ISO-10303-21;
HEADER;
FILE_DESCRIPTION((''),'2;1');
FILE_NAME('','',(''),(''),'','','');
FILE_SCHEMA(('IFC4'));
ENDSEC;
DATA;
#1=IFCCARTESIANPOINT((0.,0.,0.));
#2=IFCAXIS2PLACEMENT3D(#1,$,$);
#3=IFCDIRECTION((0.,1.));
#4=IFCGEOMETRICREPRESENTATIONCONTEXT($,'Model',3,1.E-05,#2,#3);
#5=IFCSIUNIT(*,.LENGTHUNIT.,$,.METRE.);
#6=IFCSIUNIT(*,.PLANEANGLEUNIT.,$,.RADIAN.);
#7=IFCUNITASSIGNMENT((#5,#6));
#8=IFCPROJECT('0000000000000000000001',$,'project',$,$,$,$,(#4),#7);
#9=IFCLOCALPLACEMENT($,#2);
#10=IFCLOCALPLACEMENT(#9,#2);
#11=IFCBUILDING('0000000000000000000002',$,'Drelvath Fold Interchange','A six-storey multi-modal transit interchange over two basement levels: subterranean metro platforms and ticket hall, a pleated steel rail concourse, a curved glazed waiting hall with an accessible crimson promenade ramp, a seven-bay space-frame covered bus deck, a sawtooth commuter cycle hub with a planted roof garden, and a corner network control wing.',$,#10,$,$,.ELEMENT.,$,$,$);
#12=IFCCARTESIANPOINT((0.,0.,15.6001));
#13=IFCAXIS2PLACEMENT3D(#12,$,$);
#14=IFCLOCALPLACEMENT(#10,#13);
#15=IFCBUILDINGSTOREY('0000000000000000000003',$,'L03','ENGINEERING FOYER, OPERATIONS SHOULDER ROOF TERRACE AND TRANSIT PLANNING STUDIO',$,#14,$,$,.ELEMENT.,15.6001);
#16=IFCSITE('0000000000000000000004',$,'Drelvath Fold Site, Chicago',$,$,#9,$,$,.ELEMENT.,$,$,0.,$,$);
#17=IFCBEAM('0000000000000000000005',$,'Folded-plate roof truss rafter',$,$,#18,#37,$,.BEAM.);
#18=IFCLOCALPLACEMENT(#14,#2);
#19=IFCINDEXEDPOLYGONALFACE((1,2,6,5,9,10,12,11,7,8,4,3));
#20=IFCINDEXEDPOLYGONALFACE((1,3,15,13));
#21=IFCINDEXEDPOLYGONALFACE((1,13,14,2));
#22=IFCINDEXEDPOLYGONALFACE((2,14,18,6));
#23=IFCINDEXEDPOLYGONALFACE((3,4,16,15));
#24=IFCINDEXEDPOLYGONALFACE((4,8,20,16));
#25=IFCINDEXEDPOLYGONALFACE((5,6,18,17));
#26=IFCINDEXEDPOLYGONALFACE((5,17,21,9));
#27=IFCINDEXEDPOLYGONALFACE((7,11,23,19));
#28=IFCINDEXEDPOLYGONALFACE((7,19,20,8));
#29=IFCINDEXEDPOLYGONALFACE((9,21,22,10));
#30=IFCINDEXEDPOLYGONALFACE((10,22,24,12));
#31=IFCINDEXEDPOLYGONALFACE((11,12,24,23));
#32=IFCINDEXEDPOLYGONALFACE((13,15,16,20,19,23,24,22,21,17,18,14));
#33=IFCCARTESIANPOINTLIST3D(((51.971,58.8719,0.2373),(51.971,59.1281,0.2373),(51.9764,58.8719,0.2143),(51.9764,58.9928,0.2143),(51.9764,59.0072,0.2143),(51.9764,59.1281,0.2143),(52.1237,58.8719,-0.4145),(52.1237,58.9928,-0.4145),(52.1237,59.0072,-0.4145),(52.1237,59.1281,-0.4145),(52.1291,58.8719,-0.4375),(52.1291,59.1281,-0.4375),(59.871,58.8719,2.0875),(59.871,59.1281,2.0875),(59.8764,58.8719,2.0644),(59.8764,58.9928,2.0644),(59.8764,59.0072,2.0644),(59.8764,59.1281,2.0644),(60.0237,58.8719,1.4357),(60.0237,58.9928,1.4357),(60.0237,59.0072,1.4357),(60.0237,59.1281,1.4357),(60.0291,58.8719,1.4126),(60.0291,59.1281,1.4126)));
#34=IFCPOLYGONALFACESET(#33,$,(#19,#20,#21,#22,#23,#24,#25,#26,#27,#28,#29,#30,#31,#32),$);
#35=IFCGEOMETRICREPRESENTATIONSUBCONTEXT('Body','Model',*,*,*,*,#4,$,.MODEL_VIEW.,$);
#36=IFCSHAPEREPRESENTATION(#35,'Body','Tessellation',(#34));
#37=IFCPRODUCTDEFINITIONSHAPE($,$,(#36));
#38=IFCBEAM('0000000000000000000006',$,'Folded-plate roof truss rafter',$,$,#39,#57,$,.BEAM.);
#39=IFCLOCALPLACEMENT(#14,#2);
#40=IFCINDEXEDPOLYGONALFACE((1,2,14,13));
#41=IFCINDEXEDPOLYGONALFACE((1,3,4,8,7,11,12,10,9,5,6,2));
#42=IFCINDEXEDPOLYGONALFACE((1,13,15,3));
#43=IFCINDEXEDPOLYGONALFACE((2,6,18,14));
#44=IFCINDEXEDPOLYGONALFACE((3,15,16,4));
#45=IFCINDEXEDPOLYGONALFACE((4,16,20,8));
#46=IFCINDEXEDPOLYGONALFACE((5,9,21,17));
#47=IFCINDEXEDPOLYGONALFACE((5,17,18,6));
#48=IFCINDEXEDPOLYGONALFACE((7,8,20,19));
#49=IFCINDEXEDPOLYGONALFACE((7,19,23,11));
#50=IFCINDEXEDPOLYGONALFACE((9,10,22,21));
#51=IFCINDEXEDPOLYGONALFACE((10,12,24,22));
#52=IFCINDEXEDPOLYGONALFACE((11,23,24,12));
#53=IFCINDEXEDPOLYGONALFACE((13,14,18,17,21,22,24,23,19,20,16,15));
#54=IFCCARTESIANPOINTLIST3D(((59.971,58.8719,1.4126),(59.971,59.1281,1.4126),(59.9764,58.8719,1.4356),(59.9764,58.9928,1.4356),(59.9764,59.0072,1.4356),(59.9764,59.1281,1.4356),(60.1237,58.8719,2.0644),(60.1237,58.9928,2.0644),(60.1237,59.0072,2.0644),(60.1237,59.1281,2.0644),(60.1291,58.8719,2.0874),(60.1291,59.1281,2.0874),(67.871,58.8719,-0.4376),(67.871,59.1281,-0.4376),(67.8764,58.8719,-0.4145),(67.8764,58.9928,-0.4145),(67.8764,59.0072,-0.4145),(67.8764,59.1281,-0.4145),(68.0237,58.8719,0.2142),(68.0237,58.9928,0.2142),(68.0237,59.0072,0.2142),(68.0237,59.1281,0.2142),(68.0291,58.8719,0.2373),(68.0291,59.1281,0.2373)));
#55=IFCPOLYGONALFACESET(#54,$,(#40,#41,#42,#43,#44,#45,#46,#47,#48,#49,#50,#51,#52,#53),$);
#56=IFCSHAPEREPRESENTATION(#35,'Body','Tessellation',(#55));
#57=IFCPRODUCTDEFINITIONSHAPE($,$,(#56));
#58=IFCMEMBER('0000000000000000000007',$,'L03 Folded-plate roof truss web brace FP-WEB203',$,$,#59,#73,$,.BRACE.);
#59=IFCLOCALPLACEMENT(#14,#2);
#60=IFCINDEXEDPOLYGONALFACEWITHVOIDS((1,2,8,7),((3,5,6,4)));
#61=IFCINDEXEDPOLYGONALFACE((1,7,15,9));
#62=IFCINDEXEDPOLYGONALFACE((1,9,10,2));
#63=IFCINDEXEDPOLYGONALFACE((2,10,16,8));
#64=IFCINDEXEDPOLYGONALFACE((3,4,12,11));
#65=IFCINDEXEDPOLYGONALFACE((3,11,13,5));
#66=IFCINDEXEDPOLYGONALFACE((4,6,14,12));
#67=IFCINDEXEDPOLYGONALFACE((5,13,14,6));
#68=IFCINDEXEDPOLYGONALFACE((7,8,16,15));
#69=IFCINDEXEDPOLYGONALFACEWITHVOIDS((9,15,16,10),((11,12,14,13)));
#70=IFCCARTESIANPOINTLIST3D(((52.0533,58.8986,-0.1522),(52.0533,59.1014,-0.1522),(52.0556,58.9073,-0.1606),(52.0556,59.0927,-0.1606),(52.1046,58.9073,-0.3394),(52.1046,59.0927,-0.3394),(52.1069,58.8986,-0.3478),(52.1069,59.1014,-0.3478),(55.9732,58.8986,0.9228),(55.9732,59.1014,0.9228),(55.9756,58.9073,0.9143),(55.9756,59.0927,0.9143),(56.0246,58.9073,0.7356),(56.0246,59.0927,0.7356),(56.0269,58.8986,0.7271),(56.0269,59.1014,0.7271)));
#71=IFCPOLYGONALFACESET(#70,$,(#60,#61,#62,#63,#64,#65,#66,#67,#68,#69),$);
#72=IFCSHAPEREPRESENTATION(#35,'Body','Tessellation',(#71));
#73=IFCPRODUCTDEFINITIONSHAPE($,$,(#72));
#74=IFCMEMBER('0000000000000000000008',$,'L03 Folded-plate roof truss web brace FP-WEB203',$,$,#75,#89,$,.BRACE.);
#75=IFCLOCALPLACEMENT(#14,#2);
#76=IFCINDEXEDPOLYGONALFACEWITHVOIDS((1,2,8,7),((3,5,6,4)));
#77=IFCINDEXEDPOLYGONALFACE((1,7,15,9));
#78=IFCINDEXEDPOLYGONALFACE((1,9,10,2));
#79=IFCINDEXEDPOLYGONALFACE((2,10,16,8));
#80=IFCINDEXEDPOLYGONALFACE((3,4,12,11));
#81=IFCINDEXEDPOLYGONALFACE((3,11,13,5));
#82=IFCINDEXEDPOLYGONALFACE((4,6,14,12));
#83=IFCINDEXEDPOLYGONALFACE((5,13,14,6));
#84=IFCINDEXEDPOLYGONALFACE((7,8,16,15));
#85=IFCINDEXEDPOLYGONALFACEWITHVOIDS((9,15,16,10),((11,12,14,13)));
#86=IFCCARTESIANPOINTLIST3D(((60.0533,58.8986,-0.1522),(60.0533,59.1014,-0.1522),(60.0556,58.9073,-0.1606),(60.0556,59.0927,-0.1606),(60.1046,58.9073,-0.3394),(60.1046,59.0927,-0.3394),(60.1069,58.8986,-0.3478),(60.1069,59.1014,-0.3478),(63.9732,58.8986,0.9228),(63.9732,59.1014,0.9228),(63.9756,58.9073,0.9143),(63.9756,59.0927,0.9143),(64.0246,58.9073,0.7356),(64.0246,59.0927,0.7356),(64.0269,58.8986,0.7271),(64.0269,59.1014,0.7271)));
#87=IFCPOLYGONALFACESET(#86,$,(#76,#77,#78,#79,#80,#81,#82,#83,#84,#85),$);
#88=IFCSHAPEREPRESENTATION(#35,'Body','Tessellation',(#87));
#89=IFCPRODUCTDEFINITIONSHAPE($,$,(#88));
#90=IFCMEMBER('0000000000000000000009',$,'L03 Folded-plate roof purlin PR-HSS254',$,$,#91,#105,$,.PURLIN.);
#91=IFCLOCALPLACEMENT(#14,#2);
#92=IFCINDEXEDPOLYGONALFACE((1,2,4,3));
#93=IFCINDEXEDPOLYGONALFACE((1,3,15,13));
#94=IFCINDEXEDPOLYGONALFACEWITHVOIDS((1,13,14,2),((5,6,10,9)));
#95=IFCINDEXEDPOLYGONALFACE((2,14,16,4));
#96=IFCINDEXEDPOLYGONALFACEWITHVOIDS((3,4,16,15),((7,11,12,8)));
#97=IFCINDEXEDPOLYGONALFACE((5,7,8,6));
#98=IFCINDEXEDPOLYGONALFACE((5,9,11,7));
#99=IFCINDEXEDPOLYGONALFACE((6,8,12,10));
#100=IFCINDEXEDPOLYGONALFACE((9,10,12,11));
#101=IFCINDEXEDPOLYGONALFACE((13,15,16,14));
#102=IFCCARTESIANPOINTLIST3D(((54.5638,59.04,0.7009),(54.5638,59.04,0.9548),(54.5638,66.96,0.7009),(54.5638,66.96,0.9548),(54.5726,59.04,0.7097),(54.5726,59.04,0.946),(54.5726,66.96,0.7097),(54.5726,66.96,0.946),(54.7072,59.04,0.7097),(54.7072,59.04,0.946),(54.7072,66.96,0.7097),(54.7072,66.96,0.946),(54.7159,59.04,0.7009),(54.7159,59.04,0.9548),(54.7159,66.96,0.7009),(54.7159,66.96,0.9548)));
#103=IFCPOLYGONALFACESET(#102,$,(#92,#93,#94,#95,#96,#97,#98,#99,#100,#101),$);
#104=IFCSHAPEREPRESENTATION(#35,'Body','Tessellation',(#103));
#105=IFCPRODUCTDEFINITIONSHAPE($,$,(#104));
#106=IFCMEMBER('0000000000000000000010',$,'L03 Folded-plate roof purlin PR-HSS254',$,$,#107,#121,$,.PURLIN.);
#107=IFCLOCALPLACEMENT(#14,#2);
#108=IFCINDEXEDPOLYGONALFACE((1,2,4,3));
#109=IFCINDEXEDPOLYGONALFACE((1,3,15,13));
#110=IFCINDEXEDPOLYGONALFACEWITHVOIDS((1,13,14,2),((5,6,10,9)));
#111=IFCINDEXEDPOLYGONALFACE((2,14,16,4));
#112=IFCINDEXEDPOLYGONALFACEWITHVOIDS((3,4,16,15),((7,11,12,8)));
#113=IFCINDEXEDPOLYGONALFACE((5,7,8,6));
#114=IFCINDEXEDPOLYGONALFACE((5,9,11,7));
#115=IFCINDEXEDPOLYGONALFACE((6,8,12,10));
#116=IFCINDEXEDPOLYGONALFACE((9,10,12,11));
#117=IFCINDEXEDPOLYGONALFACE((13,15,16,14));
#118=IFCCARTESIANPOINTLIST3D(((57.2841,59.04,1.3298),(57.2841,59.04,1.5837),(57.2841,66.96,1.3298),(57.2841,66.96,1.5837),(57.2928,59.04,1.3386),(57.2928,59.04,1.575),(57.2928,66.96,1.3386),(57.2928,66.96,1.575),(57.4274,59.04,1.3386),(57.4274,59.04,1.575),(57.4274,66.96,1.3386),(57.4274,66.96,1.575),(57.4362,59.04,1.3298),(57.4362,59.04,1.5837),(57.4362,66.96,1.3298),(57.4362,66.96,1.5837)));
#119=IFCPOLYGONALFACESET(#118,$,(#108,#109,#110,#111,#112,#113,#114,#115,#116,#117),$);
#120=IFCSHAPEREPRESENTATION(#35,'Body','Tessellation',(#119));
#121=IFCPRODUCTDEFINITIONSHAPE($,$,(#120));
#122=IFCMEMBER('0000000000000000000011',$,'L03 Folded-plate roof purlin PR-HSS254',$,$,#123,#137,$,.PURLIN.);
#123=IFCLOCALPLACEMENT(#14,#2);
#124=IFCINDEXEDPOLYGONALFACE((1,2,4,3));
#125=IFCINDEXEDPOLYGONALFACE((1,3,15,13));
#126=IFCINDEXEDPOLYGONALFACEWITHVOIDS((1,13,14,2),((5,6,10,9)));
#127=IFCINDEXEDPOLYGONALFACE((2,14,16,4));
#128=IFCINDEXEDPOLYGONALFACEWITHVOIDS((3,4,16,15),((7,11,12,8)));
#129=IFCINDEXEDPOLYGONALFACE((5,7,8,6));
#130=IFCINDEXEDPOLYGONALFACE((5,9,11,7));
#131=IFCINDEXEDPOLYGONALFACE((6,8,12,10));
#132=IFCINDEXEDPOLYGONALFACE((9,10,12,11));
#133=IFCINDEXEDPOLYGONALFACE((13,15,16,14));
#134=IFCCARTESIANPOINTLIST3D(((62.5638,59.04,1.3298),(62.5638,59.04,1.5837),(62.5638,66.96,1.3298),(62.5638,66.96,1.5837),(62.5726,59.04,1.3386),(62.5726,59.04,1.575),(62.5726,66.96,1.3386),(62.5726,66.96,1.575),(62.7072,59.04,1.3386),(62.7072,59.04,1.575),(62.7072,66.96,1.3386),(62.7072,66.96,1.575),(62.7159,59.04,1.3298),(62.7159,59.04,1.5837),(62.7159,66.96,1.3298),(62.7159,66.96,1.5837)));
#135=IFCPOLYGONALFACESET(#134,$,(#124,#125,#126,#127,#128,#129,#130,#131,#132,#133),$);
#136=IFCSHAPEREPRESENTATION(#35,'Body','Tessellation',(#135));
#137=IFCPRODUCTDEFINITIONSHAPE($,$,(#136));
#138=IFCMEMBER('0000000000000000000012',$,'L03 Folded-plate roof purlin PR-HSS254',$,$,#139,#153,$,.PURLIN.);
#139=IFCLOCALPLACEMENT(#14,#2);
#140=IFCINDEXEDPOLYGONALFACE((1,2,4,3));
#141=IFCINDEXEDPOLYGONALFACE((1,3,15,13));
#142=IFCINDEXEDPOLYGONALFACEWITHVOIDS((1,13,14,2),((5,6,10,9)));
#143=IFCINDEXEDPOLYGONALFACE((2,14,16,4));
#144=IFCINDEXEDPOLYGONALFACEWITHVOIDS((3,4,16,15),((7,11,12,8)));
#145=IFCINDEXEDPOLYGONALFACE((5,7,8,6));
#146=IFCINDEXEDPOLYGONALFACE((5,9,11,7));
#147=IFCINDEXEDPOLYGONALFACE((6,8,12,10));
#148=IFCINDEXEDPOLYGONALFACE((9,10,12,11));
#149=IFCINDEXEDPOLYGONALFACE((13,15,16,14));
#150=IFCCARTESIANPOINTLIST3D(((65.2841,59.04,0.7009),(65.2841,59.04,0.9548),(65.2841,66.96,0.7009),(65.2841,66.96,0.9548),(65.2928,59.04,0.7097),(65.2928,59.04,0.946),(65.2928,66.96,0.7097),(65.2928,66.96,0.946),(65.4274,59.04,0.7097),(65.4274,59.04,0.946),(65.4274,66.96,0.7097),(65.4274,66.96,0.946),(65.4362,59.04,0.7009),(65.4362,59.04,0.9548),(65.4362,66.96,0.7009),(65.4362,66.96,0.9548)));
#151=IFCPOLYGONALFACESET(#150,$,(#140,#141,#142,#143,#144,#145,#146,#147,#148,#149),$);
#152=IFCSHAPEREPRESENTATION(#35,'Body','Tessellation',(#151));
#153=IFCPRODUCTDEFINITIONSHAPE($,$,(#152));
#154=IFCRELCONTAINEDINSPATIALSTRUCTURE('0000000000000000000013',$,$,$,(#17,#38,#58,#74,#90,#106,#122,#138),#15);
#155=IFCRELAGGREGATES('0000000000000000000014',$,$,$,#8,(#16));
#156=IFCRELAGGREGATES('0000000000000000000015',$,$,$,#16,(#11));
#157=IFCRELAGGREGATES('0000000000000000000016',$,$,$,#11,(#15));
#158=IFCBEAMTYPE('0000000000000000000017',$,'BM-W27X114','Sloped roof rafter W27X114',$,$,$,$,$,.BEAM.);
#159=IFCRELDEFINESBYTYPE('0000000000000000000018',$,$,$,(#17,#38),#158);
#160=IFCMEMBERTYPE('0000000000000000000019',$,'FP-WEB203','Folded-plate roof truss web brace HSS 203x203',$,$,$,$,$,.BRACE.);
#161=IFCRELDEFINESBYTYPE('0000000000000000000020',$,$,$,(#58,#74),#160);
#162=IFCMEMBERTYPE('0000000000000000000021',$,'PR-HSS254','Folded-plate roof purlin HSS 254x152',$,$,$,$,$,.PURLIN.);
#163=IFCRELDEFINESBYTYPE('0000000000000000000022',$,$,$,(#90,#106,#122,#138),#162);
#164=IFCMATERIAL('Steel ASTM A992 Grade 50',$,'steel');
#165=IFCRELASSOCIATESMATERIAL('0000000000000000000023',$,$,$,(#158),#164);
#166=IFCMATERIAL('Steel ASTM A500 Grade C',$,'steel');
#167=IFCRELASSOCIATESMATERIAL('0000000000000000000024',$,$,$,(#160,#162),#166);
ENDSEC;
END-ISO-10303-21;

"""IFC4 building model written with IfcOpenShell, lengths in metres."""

from ifc_helpers import new_model, si_unit, direction, frame, origin, origin_2d, place, context, subcontext, project, spatial, hollow_rectangle, i_section, extrude, material, material_profile, profile_set, type_object, element, save


model = new_model("IFC4")

# Units and contexts
model_context = context("Model", 3, precision=1e-05, world=origin(), true_north=direction((0.0, 1.0)))
body_context = subcontext(model_context, "Body", "Model", "MODEL_VIEW")
ifc_project = project(units=[si_unit("LENGTHUNIT", "METRE"), si_unit("PLANEANGLEUNIT", "RADIAN")], contexts=[model_context])

# Site, building, storey
site_placement = place(None, origin())
site = spatial("IfcSite", under=ifc_project, at=site_placement, Name="Drelvath Fold Site, Chicago", CompositionType="ELEMENT", RefElevation=0.0)
building_placement = place(site_placement, origin())
building = spatial("IfcBuilding", under=site, at=building_placement, Name="Drelvath Fold Interchange", Description="A six-storey multi-modal transit interchange over two basement levels: subterranean metro platforms and ticket hall, a pleated steel rail concourse, a curved glazed waiting hall with an accessible crimson promenade ramp, a seven-bay space-frame covered bus deck, a sawtooth commuter cycle hub with a planted roof garden, and a corner network control wing.", CompositionType="ELEMENT")
storey_placement = place(building_placement, frame((0.0, 0.0, 15.6001)))
storey = spatial("IfcBuildingStorey", under=building, at=storey_placement, Name="L03", Description="ENGINEERING FOYER, OPERATIONS SHOULDER ROOF TERRACE AND TRANSIT PLANNING STUDIO", CompositionType="ELEMENT", Elevation=15.6001)

# Beams
ifc_material_1 = material(Name="Steel ASTM A992 Grade 50", Category="steel")
ifc_material_profile_1 = material_profile(ifc_material_1, i_section(OverallWidth=0.2561, OverallDepth=0.6931, WebThickness=0.0144, FlangeThickness=0.0237, at=origin_2d()), Name="W27X114")
ifc_profile_set_1 = profile_set([ifc_material_profile_1], Name="Steel ASTM A992 Grade 50")
beam_type = type_object("IfcBeamType", Name="BM-W27X114", Description="Sloped roof rafter W27X114", PredefinedType="BEAM", material=ifc_profile_set_1)
for number, where, z_axis, x_axis, name in (
    (1, (52.05, 59.0, -0.1001), (0.973656, 0.0, 0.228023), (0.0, 1.0, 0.0), "Folded-plate roof truss rafter"),
    (2, (60.05, 59.0, 1.75), (0.973656, 0.0, -0.228023), (0.0, 1.0, 0.0), "Folded-plate roof truss rafter"),
):
    element("IfcBeam", number, at=place(storey_placement, frame(where, z_axis=z_axis, x_axis=x_axis)), inside=storey, type_object=beam_type, Name=name, PredefinedType="BEAM", context=body_context, shape_type="SweptSolid", body=[
        extrude(i_section(OverallWidth=0.2561, OverallDepth=0.6931, WebThickness=0.0144, FlangeThickness=0.0237, at=origin_2d()), origin(), (0.0, 0.0, 1.0), 8.1138),
    ])

# Members
ifc_material_2 = material(Name="Steel ASTM A500 Grade C", Category="steel")
ifc_material_profile_2 = material_profile(ifc_material_2, hollow_rectangle(XDim=0.2029, YDim=0.2029, WallThickness=0.0088, at=origin_2d()), Name="HSS8X8X3/8")
ifc_profile_set_2 = profile_set([ifc_material_profile_2], Name="Steel ASTM A500 Grade C")
member_type_1 = type_object("IfcMemberType", Name="FP-WEB203", Description="Folded-plate roof truss web brace HSS 203x203", PredefinedType="BRACE", material=ifc_profile_set_2)
for number, where, z_axis, x_axis, name in (
    (3, (52.0801, 59.0, -0.25), (0.964396, 0.0, 0.264464), (0.0, 1.0, 0.0), "L03 Folded-plate roof truss web brace FP-WEB203"),
    (4, (60.0801, 59.0, -0.25), (0.964396, 0.0, 0.264464), (0.0, 1.0, 0.0), "L03 Folded-plate roof truss web brace FP-WEB203"),
):
    element("IfcMember", number, at=place(storey_placement, frame(where, z_axis=z_axis, x_axis=x_axis)), inside=storey, type_object=member_type_1, Name=name, PredefinedType="BRACE", context=body_context, shape_type="SweptSolid", body=[
        extrude(hollow_rectangle(XDim=0.2029, YDim=0.2029, WallThickness=0.0088, at=origin_2d()), origin(), (0.0, 0.0, 1.0), 4.0647),
    ])
ifc_material_profile_3 = material_profile(ifc_material_2, hollow_rectangle(XDim=0.1521, YDim=0.2539, WallThickness=0.0088, at=origin_2d()), Name="HSS10X6X3/8")
ifc_profile_set_3 = profile_set([ifc_material_profile_3], Name="Steel ASTM A500 Grade C")
member_type_2 = type_object("IfcMemberType", Name="PR-HSS254", Description="Folded-plate roof purlin HSS 254x152", PredefinedType="PURLIN", material=ifc_profile_set_3)
for number, where, z_axis, x_axis, name in (
    (5, (54.6399, 59.04, 0.8279), (0.0, 1.0, 0.0), (-1.0, 0.0, 0.0), "L03 Folded-plate roof purlin PR-HSS254"),
    (6, (57.3601, 59.04, 1.4568), (0.0, 1.0, 0.0), (-1.0, 0.0, 0.0), "L03 Folded-plate roof purlin PR-HSS254"),
    (7, (62.6399, 59.04, 1.4568), (0.0, 1.0, 0.0), (-1.0, 0.0, 0.0), "L03 Folded-plate roof purlin PR-HSS254"),
    (8, (65.3601, 59.04, 0.8279), (0.0, 1.0, 0.0), (-1.0, 0.0, 0.0), "L03 Folded-plate roof purlin PR-HSS254"),
):
    element("IfcMember", number, at=place(storey_placement, frame(where, z_axis=z_axis, x_axis=x_axis)), inside=storey, type_object=member_type_2, Name=name, PredefinedType="PURLIN", context=body_context, shape_type="SweptSolid", body=[
        extrude(hollow_rectangle(XDim=0.1521, YDim=0.2539, WallThickness=0.0088, at=origin_2d()), origin(), (0.0, 0.0, 1.0), 7.9199),
    ])

save(model, "model.ifc")
